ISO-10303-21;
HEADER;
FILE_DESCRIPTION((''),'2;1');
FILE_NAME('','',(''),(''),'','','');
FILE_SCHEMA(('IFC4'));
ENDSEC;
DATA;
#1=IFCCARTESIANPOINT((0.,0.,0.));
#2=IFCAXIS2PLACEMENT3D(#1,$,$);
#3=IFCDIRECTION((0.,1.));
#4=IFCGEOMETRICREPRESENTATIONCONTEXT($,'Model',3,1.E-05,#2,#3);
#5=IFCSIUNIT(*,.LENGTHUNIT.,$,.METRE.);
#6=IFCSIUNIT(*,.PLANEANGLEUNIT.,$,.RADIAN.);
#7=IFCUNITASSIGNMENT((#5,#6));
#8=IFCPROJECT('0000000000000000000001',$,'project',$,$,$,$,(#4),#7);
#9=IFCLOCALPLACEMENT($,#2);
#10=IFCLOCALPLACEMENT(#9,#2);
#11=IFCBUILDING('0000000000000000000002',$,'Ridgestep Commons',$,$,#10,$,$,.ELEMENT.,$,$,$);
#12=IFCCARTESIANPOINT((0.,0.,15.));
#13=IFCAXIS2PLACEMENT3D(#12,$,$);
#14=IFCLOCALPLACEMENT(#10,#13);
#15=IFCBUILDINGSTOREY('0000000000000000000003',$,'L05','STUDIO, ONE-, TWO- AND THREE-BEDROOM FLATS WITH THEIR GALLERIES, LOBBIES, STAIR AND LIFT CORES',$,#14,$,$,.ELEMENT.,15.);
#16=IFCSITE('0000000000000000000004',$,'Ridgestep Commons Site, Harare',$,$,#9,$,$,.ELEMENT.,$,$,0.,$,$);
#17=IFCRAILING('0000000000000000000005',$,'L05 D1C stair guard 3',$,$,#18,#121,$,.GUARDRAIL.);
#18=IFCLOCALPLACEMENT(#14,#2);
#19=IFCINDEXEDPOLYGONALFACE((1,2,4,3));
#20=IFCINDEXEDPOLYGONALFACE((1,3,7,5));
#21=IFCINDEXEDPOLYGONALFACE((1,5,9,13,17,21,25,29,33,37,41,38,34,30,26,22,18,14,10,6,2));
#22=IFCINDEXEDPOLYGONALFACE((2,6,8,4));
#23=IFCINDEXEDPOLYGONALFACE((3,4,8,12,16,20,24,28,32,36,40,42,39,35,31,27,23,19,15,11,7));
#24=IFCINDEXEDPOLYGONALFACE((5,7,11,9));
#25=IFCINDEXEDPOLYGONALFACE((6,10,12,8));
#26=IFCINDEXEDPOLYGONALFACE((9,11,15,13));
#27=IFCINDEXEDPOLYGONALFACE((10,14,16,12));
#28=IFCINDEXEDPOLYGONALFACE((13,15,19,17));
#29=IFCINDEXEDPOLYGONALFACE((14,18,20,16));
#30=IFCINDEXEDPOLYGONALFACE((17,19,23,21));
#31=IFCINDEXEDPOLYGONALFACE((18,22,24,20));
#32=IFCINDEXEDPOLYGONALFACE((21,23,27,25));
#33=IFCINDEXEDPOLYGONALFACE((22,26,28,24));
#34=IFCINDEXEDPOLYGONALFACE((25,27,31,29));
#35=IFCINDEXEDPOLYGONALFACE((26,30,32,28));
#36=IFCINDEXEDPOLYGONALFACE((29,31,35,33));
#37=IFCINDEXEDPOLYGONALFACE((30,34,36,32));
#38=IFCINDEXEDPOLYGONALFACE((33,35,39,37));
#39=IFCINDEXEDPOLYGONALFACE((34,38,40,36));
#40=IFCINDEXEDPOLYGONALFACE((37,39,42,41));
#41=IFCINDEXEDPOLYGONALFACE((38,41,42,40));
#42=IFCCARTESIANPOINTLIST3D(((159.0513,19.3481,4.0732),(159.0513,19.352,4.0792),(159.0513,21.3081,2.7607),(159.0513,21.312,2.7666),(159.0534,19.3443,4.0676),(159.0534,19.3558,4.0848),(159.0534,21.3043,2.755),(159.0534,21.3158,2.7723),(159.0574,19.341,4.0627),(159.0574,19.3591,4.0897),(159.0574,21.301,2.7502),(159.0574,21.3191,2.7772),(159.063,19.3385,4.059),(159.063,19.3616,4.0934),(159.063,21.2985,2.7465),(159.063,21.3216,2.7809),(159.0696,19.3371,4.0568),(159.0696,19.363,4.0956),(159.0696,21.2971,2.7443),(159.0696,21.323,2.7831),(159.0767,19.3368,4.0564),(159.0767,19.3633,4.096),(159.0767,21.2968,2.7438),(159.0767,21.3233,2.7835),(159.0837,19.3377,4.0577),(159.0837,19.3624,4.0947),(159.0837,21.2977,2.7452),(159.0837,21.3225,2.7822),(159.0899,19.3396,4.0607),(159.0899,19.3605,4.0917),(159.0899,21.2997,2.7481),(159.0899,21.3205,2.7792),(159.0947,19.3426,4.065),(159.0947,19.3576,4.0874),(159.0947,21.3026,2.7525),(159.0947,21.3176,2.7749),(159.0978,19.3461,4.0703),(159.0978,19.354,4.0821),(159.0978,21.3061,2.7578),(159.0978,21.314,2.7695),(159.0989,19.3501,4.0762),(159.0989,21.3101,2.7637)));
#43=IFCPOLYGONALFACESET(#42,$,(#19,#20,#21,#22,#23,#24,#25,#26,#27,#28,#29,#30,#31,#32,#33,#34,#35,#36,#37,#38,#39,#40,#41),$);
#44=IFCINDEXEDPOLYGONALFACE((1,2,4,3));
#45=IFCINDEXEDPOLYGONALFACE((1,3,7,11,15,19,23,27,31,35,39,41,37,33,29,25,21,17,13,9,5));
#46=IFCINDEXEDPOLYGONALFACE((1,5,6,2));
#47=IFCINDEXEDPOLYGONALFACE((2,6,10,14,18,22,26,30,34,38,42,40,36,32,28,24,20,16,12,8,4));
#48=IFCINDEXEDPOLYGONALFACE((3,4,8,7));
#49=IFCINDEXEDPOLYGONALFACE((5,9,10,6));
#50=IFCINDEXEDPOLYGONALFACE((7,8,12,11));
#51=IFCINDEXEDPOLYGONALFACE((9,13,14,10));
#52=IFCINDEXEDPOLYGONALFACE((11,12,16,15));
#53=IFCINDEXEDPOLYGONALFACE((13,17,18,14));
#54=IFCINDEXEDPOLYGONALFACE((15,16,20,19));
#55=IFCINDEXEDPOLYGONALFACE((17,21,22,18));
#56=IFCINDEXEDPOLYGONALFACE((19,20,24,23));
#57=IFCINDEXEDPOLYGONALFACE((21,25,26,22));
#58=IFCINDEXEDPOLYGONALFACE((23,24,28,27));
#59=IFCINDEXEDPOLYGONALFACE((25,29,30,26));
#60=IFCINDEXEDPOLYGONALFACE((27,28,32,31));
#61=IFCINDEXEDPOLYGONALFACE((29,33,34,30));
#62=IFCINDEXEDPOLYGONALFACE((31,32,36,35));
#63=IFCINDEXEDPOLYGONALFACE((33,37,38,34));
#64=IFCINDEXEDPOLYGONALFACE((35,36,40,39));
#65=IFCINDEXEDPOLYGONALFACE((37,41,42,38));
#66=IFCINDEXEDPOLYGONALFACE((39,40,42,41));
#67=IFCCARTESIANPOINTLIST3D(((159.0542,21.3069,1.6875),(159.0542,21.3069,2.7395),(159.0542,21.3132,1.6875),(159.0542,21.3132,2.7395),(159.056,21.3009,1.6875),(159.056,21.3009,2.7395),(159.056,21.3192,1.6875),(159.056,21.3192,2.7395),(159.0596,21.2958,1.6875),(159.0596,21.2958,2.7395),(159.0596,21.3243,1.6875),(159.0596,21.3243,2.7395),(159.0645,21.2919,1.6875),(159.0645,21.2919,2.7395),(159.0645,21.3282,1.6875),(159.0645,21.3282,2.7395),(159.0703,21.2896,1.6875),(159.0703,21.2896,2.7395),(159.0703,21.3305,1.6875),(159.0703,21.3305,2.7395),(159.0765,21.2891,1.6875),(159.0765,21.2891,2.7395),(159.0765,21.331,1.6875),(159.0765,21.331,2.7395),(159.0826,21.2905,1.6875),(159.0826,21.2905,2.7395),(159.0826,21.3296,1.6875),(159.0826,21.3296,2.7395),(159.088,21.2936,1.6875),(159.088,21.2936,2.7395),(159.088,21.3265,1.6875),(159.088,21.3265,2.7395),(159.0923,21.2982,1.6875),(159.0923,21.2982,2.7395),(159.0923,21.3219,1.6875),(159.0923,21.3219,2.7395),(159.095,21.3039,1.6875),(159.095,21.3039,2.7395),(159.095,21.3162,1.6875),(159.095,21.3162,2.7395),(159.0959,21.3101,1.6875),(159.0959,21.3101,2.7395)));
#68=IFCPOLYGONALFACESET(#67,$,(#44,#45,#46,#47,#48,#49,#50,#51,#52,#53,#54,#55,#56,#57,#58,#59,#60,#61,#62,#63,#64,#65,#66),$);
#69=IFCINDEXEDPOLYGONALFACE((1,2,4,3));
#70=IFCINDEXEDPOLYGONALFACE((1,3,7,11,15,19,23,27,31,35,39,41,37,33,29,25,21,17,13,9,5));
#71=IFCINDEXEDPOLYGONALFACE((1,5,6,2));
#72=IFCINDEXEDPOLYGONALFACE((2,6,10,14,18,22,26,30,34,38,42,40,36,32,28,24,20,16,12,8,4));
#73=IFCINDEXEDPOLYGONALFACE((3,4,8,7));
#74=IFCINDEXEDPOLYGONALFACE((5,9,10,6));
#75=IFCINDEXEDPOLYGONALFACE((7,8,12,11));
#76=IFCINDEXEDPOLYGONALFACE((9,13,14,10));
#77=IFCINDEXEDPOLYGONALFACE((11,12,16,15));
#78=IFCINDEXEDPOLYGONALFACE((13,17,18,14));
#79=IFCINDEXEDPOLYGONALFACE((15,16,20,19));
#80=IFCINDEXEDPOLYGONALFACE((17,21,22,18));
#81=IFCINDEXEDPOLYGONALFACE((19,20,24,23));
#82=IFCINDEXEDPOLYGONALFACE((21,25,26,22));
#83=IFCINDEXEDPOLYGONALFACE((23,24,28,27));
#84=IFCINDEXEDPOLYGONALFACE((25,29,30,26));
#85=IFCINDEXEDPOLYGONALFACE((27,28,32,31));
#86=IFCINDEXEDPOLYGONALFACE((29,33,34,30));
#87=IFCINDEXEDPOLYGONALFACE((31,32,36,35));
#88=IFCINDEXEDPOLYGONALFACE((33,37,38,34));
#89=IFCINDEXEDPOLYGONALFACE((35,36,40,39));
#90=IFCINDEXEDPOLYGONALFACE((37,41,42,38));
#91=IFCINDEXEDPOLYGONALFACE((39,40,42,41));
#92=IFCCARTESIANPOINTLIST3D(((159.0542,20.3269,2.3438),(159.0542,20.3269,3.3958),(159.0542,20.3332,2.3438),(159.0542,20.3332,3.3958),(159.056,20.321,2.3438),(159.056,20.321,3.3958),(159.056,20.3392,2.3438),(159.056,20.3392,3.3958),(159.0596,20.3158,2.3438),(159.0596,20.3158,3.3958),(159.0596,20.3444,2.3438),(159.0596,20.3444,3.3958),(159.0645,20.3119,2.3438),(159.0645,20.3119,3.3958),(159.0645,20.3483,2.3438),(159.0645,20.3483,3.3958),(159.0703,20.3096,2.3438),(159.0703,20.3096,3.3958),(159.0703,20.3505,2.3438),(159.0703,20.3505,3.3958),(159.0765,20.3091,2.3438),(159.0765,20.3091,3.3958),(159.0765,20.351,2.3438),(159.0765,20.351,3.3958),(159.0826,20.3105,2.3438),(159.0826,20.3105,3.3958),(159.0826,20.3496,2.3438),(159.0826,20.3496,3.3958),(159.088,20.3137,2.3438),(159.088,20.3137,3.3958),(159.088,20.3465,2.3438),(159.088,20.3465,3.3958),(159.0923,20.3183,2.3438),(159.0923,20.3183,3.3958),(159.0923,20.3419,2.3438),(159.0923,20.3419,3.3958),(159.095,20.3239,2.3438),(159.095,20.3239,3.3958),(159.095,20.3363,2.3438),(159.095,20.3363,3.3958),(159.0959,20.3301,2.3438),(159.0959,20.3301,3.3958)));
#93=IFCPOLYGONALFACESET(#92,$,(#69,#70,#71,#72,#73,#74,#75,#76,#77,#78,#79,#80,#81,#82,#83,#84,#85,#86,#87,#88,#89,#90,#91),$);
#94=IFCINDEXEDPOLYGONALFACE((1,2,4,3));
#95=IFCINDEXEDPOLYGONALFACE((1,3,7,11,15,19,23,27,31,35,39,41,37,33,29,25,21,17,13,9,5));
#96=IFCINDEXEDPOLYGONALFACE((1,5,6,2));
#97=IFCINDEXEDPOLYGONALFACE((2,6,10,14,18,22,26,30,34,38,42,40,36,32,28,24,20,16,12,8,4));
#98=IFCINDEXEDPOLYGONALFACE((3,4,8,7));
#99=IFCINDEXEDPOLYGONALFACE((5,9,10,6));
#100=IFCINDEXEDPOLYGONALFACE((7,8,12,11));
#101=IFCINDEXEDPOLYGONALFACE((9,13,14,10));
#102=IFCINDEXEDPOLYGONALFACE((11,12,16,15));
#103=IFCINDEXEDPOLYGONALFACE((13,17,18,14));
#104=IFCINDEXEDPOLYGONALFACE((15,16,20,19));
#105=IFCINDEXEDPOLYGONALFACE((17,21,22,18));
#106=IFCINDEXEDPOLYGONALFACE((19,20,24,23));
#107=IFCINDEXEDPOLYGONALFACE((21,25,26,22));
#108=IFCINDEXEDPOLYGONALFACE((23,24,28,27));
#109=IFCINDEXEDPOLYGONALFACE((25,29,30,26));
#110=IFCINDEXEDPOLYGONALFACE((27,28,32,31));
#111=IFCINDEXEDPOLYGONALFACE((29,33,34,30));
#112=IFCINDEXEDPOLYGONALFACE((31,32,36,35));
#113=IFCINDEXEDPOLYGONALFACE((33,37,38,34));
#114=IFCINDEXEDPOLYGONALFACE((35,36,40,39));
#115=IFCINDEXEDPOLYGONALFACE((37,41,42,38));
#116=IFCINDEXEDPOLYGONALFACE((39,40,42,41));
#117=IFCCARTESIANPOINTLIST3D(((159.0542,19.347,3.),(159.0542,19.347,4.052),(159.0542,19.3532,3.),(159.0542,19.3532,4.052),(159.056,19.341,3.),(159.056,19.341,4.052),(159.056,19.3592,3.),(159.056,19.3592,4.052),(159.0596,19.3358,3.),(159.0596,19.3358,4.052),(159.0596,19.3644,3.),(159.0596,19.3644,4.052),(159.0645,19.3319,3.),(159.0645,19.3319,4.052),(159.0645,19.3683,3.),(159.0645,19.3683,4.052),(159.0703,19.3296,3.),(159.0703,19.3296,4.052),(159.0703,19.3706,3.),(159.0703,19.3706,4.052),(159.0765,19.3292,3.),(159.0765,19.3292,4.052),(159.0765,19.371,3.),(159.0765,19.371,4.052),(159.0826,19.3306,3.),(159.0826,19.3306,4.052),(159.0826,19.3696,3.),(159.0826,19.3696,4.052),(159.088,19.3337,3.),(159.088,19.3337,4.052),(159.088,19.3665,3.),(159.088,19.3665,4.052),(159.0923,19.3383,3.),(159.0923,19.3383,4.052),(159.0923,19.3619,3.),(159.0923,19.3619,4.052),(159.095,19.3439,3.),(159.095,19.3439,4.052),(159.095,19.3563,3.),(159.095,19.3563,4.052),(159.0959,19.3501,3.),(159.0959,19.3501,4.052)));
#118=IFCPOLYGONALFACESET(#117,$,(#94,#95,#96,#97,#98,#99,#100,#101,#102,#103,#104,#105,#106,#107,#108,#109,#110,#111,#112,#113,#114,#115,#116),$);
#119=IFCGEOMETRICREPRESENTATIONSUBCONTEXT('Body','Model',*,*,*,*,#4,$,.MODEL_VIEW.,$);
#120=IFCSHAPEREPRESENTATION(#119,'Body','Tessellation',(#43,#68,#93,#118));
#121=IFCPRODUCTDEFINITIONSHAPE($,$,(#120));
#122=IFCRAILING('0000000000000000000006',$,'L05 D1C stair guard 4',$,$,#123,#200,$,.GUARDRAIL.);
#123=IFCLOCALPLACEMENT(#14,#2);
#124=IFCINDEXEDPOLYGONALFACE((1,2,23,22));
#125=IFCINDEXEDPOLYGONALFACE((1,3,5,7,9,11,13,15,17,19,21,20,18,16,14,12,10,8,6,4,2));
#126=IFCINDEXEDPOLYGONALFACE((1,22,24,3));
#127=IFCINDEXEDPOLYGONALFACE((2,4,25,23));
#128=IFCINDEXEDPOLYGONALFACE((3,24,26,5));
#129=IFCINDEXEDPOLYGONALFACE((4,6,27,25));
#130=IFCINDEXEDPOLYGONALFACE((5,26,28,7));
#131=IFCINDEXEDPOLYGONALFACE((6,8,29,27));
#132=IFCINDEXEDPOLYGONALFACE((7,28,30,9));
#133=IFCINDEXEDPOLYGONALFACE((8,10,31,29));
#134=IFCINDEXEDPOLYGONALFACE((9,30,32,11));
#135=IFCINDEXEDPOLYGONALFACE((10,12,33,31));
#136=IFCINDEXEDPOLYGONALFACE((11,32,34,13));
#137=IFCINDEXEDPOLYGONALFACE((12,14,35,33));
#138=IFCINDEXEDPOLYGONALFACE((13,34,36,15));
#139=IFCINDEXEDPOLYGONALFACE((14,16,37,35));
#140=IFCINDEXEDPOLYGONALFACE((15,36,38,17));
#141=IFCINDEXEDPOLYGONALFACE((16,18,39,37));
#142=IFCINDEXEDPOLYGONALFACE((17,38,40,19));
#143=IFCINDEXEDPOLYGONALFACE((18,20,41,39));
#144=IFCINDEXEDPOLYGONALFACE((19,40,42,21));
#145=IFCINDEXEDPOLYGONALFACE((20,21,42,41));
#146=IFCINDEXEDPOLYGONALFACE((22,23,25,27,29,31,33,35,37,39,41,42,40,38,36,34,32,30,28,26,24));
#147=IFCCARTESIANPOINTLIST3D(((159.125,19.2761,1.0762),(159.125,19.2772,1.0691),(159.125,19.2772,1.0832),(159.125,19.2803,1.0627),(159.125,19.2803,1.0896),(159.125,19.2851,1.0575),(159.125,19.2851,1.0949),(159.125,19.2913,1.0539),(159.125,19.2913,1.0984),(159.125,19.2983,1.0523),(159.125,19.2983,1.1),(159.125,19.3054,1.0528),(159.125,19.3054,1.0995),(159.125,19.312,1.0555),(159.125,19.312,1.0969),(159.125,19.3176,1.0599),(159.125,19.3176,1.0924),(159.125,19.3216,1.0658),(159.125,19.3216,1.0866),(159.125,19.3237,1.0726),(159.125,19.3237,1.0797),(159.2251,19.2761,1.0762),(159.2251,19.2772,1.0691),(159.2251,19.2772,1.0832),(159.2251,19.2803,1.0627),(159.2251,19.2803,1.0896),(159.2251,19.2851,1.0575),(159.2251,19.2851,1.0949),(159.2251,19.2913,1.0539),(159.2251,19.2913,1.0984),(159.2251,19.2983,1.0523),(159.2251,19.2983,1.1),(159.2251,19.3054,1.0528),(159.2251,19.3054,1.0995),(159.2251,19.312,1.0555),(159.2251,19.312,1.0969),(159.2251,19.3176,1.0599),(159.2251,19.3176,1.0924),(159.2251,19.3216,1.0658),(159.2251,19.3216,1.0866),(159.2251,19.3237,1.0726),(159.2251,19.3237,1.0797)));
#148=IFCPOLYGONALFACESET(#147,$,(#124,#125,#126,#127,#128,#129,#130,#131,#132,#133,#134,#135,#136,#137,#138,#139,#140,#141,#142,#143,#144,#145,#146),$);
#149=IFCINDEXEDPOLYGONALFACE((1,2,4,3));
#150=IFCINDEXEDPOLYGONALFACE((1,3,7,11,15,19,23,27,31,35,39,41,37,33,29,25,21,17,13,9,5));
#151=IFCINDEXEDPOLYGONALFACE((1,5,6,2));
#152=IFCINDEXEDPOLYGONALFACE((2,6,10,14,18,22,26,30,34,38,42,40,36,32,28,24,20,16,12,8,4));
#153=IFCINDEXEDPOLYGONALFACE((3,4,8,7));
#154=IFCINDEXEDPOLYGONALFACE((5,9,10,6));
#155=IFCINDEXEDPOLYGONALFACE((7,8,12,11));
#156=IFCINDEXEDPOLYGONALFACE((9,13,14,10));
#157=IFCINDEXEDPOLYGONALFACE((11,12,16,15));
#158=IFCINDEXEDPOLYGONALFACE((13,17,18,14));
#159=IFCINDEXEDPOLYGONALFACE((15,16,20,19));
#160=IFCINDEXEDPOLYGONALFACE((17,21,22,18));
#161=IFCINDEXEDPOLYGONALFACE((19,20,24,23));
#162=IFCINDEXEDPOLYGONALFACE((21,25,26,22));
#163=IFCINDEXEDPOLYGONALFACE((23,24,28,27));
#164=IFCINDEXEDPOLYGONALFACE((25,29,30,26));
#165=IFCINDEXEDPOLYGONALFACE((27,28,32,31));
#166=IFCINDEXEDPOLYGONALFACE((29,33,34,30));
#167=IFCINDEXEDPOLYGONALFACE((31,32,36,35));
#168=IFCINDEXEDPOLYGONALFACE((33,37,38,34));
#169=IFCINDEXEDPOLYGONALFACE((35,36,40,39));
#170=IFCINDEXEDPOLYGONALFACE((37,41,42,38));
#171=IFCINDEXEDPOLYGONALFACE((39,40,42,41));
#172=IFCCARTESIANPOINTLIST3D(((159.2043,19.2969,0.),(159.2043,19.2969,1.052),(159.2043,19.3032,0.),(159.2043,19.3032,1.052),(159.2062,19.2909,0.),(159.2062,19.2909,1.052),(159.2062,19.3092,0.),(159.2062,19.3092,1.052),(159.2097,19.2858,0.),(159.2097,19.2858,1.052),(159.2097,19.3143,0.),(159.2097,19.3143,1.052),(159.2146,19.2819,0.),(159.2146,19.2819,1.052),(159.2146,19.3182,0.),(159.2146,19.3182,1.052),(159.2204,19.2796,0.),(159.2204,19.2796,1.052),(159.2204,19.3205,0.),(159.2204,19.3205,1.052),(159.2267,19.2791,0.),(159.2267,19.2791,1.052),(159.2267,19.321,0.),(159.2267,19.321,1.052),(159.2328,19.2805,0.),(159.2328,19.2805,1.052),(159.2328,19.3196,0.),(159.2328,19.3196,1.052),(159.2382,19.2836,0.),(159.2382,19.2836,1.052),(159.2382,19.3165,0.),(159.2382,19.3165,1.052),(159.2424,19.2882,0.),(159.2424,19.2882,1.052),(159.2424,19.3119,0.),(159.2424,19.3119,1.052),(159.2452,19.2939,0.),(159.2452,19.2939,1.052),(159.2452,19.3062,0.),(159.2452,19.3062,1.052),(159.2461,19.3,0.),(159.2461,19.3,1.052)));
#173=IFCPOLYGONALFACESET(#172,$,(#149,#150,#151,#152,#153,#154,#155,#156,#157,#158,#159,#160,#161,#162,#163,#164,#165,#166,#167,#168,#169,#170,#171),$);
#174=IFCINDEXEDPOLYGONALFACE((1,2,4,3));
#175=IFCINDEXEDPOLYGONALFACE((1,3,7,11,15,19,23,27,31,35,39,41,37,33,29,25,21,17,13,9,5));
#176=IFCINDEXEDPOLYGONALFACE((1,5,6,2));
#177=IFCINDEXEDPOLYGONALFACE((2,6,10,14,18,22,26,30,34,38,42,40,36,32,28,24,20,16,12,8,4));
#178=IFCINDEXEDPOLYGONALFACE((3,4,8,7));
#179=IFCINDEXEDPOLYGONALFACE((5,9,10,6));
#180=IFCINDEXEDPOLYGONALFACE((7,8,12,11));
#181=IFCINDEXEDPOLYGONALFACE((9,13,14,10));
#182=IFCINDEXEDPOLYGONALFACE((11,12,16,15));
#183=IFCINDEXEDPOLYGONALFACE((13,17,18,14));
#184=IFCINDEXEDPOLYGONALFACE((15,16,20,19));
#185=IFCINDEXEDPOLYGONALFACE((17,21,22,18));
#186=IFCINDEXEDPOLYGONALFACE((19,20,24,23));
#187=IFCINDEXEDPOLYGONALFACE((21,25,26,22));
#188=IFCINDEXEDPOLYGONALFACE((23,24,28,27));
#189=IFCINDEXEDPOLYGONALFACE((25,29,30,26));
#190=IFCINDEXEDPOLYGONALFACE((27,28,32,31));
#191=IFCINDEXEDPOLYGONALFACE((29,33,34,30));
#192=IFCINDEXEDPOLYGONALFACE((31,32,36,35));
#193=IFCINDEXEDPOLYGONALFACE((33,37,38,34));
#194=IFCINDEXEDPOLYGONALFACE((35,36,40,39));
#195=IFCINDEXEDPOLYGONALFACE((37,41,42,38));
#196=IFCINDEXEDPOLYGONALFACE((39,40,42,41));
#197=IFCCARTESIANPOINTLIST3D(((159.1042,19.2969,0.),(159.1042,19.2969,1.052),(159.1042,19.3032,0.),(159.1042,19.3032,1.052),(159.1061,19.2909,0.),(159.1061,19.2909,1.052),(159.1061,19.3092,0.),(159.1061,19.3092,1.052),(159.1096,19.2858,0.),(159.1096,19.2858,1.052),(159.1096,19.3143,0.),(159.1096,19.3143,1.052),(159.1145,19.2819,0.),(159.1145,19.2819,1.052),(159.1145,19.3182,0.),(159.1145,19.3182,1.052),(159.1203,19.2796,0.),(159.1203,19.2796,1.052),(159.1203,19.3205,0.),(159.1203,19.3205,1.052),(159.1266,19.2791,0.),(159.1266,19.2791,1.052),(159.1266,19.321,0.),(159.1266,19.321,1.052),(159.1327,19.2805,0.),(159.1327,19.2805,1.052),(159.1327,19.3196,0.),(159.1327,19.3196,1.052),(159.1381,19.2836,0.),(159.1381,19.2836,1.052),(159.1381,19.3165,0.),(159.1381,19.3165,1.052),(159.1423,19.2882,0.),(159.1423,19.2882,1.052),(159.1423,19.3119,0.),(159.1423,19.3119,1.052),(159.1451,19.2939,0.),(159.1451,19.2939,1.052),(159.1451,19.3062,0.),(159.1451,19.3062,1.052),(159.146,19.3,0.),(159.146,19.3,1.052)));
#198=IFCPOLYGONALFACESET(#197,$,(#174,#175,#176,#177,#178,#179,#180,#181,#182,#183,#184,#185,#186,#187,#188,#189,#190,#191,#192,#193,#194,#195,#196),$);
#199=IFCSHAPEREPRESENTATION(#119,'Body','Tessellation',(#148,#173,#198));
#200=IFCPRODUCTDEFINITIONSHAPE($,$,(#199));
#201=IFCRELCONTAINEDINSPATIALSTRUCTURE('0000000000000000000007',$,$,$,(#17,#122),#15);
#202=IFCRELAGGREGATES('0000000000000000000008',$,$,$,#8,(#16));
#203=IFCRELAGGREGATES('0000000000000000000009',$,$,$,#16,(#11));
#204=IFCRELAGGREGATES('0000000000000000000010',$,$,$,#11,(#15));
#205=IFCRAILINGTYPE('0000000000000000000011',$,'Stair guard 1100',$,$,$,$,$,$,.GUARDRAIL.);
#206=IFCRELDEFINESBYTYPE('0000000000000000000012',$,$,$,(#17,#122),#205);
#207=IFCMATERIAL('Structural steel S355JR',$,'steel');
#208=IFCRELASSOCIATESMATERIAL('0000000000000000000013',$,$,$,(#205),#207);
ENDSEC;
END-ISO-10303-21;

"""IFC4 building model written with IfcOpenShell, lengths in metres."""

from ifc_helpers import new_model, si_unit, direction, frame, origin, origin_2d, place, context, subcontext, project, spatial, circle, extrude, material, type_object, element, save


model = new_model("IFC4")

# Units and contexts
model_context = context("Model", 3, precision=1e-05, world=origin(), true_north=direction((0.0, 1.0)))
body_context = subcontext(model_context, "Body", "Model", "MODEL_VIEW")
ifc_project = project(units=[si_unit("LENGTHUNIT", "METRE"), si_unit("PLANEANGLEUNIT", "RADIAN")], contexts=[model_context])

# Site, building, storey
site_placement = place(None, origin())
site = spatial("IfcSite", under=ifc_project, at=site_placement, Name="Ridgestep Commons Site, Harare", CompositionType="ELEMENT", RefElevation=0.0)
building_placement = place(site_placement, origin())
building = spatial("IfcBuilding", under=site, at=building_placement, Name="Ridgestep Commons", CompositionType="ELEMENT")
storey_placement = place(building_placement, frame((0.0, 0.0, 15.0)))
storey = spatial("IfcBuildingStorey", under=building, at=storey_placement, Name="L05", Description="STUDIO, ONE-, TWO- AND THREE-BEDROOM FLATS WITH THEIR GALLERIES, LOBBIES, STAIR AND LIFT CORES", CompositionType="ELEMENT", Elevation=15.0)

# Railings
ifc_material_1 = material(Name="Structural steel S355JR", Category="steel")
railing_type_1 = type_object("IfcRailingType", Name="Stair guard 1100", PredefinedType="GUARDRAIL", material=ifc_material_1)
railing_1_placement = place(storey_placement, frame((159.075, 21.3101, 1.6875)))
element("IfcRailing", 1, at=railing_1_placement, inside=storey, type_object=railing_type_1, Name="L05 D1C stair guard 3", PredefinedType="GUARDRAIL", context=body_context, shape_type="SweptSolid", body=[
    extrude(circle(Radius=0.0239, at=origin_2d()), frame((0.0, 0.0, 1.0762), z_axis=(0.0, -0.830902, 0.556419), x_axis=(1.0, 0.0, 0.0)), (0.0, 0.0, 1.0), 2.3589),
    extrude(circle(Radius=0.021, at=origin_2d()), origin(), (0.0, 0.0, 1.0), 1.052),
    extrude(circle(Radius=0.021, at=origin_2d()), frame((0.0, -0.98, 0.6562)), (0.0, 0.0, 1.0), 1.052),
    extrude(circle(Radius=0.021, at=origin_2d()), frame((0.0, -1.96, 1.3125)), (0.0, 0.0, 1.0), 1.052),
])
railing_2_placement = place(storey_placement, frame((159.2251, 19.3, 0.0)))
element("IfcRailing", 2, at=railing_2_placement, inside=storey, type_object=railing_type_1, Name="L05 D1C stair guard 4", PredefinedType="GUARDRAIL", context=body_context, shape_type="SweptSolid", body=[
    extrude(circle(Radius=0.0239, at=origin_2d()), frame((0.0, 0.0, 1.0762), z_axis=(-1.0, 0.0, 0.0), x_axis=(0.0, -1.0, 0.0)), (0.0, 0.0, 1.0), 0.1001),
    extrude(circle(Radius=0.021, at=origin_2d()), origin(), (0.0, 0.0, 1.0), 1.052),
    extrude(circle(Radius=0.021, at=origin_2d()), frame((-0.1001, 0.0, 0.0)), (0.0, 0.0, 1.0), 1.052),
])

save(model, "model.ifc")
